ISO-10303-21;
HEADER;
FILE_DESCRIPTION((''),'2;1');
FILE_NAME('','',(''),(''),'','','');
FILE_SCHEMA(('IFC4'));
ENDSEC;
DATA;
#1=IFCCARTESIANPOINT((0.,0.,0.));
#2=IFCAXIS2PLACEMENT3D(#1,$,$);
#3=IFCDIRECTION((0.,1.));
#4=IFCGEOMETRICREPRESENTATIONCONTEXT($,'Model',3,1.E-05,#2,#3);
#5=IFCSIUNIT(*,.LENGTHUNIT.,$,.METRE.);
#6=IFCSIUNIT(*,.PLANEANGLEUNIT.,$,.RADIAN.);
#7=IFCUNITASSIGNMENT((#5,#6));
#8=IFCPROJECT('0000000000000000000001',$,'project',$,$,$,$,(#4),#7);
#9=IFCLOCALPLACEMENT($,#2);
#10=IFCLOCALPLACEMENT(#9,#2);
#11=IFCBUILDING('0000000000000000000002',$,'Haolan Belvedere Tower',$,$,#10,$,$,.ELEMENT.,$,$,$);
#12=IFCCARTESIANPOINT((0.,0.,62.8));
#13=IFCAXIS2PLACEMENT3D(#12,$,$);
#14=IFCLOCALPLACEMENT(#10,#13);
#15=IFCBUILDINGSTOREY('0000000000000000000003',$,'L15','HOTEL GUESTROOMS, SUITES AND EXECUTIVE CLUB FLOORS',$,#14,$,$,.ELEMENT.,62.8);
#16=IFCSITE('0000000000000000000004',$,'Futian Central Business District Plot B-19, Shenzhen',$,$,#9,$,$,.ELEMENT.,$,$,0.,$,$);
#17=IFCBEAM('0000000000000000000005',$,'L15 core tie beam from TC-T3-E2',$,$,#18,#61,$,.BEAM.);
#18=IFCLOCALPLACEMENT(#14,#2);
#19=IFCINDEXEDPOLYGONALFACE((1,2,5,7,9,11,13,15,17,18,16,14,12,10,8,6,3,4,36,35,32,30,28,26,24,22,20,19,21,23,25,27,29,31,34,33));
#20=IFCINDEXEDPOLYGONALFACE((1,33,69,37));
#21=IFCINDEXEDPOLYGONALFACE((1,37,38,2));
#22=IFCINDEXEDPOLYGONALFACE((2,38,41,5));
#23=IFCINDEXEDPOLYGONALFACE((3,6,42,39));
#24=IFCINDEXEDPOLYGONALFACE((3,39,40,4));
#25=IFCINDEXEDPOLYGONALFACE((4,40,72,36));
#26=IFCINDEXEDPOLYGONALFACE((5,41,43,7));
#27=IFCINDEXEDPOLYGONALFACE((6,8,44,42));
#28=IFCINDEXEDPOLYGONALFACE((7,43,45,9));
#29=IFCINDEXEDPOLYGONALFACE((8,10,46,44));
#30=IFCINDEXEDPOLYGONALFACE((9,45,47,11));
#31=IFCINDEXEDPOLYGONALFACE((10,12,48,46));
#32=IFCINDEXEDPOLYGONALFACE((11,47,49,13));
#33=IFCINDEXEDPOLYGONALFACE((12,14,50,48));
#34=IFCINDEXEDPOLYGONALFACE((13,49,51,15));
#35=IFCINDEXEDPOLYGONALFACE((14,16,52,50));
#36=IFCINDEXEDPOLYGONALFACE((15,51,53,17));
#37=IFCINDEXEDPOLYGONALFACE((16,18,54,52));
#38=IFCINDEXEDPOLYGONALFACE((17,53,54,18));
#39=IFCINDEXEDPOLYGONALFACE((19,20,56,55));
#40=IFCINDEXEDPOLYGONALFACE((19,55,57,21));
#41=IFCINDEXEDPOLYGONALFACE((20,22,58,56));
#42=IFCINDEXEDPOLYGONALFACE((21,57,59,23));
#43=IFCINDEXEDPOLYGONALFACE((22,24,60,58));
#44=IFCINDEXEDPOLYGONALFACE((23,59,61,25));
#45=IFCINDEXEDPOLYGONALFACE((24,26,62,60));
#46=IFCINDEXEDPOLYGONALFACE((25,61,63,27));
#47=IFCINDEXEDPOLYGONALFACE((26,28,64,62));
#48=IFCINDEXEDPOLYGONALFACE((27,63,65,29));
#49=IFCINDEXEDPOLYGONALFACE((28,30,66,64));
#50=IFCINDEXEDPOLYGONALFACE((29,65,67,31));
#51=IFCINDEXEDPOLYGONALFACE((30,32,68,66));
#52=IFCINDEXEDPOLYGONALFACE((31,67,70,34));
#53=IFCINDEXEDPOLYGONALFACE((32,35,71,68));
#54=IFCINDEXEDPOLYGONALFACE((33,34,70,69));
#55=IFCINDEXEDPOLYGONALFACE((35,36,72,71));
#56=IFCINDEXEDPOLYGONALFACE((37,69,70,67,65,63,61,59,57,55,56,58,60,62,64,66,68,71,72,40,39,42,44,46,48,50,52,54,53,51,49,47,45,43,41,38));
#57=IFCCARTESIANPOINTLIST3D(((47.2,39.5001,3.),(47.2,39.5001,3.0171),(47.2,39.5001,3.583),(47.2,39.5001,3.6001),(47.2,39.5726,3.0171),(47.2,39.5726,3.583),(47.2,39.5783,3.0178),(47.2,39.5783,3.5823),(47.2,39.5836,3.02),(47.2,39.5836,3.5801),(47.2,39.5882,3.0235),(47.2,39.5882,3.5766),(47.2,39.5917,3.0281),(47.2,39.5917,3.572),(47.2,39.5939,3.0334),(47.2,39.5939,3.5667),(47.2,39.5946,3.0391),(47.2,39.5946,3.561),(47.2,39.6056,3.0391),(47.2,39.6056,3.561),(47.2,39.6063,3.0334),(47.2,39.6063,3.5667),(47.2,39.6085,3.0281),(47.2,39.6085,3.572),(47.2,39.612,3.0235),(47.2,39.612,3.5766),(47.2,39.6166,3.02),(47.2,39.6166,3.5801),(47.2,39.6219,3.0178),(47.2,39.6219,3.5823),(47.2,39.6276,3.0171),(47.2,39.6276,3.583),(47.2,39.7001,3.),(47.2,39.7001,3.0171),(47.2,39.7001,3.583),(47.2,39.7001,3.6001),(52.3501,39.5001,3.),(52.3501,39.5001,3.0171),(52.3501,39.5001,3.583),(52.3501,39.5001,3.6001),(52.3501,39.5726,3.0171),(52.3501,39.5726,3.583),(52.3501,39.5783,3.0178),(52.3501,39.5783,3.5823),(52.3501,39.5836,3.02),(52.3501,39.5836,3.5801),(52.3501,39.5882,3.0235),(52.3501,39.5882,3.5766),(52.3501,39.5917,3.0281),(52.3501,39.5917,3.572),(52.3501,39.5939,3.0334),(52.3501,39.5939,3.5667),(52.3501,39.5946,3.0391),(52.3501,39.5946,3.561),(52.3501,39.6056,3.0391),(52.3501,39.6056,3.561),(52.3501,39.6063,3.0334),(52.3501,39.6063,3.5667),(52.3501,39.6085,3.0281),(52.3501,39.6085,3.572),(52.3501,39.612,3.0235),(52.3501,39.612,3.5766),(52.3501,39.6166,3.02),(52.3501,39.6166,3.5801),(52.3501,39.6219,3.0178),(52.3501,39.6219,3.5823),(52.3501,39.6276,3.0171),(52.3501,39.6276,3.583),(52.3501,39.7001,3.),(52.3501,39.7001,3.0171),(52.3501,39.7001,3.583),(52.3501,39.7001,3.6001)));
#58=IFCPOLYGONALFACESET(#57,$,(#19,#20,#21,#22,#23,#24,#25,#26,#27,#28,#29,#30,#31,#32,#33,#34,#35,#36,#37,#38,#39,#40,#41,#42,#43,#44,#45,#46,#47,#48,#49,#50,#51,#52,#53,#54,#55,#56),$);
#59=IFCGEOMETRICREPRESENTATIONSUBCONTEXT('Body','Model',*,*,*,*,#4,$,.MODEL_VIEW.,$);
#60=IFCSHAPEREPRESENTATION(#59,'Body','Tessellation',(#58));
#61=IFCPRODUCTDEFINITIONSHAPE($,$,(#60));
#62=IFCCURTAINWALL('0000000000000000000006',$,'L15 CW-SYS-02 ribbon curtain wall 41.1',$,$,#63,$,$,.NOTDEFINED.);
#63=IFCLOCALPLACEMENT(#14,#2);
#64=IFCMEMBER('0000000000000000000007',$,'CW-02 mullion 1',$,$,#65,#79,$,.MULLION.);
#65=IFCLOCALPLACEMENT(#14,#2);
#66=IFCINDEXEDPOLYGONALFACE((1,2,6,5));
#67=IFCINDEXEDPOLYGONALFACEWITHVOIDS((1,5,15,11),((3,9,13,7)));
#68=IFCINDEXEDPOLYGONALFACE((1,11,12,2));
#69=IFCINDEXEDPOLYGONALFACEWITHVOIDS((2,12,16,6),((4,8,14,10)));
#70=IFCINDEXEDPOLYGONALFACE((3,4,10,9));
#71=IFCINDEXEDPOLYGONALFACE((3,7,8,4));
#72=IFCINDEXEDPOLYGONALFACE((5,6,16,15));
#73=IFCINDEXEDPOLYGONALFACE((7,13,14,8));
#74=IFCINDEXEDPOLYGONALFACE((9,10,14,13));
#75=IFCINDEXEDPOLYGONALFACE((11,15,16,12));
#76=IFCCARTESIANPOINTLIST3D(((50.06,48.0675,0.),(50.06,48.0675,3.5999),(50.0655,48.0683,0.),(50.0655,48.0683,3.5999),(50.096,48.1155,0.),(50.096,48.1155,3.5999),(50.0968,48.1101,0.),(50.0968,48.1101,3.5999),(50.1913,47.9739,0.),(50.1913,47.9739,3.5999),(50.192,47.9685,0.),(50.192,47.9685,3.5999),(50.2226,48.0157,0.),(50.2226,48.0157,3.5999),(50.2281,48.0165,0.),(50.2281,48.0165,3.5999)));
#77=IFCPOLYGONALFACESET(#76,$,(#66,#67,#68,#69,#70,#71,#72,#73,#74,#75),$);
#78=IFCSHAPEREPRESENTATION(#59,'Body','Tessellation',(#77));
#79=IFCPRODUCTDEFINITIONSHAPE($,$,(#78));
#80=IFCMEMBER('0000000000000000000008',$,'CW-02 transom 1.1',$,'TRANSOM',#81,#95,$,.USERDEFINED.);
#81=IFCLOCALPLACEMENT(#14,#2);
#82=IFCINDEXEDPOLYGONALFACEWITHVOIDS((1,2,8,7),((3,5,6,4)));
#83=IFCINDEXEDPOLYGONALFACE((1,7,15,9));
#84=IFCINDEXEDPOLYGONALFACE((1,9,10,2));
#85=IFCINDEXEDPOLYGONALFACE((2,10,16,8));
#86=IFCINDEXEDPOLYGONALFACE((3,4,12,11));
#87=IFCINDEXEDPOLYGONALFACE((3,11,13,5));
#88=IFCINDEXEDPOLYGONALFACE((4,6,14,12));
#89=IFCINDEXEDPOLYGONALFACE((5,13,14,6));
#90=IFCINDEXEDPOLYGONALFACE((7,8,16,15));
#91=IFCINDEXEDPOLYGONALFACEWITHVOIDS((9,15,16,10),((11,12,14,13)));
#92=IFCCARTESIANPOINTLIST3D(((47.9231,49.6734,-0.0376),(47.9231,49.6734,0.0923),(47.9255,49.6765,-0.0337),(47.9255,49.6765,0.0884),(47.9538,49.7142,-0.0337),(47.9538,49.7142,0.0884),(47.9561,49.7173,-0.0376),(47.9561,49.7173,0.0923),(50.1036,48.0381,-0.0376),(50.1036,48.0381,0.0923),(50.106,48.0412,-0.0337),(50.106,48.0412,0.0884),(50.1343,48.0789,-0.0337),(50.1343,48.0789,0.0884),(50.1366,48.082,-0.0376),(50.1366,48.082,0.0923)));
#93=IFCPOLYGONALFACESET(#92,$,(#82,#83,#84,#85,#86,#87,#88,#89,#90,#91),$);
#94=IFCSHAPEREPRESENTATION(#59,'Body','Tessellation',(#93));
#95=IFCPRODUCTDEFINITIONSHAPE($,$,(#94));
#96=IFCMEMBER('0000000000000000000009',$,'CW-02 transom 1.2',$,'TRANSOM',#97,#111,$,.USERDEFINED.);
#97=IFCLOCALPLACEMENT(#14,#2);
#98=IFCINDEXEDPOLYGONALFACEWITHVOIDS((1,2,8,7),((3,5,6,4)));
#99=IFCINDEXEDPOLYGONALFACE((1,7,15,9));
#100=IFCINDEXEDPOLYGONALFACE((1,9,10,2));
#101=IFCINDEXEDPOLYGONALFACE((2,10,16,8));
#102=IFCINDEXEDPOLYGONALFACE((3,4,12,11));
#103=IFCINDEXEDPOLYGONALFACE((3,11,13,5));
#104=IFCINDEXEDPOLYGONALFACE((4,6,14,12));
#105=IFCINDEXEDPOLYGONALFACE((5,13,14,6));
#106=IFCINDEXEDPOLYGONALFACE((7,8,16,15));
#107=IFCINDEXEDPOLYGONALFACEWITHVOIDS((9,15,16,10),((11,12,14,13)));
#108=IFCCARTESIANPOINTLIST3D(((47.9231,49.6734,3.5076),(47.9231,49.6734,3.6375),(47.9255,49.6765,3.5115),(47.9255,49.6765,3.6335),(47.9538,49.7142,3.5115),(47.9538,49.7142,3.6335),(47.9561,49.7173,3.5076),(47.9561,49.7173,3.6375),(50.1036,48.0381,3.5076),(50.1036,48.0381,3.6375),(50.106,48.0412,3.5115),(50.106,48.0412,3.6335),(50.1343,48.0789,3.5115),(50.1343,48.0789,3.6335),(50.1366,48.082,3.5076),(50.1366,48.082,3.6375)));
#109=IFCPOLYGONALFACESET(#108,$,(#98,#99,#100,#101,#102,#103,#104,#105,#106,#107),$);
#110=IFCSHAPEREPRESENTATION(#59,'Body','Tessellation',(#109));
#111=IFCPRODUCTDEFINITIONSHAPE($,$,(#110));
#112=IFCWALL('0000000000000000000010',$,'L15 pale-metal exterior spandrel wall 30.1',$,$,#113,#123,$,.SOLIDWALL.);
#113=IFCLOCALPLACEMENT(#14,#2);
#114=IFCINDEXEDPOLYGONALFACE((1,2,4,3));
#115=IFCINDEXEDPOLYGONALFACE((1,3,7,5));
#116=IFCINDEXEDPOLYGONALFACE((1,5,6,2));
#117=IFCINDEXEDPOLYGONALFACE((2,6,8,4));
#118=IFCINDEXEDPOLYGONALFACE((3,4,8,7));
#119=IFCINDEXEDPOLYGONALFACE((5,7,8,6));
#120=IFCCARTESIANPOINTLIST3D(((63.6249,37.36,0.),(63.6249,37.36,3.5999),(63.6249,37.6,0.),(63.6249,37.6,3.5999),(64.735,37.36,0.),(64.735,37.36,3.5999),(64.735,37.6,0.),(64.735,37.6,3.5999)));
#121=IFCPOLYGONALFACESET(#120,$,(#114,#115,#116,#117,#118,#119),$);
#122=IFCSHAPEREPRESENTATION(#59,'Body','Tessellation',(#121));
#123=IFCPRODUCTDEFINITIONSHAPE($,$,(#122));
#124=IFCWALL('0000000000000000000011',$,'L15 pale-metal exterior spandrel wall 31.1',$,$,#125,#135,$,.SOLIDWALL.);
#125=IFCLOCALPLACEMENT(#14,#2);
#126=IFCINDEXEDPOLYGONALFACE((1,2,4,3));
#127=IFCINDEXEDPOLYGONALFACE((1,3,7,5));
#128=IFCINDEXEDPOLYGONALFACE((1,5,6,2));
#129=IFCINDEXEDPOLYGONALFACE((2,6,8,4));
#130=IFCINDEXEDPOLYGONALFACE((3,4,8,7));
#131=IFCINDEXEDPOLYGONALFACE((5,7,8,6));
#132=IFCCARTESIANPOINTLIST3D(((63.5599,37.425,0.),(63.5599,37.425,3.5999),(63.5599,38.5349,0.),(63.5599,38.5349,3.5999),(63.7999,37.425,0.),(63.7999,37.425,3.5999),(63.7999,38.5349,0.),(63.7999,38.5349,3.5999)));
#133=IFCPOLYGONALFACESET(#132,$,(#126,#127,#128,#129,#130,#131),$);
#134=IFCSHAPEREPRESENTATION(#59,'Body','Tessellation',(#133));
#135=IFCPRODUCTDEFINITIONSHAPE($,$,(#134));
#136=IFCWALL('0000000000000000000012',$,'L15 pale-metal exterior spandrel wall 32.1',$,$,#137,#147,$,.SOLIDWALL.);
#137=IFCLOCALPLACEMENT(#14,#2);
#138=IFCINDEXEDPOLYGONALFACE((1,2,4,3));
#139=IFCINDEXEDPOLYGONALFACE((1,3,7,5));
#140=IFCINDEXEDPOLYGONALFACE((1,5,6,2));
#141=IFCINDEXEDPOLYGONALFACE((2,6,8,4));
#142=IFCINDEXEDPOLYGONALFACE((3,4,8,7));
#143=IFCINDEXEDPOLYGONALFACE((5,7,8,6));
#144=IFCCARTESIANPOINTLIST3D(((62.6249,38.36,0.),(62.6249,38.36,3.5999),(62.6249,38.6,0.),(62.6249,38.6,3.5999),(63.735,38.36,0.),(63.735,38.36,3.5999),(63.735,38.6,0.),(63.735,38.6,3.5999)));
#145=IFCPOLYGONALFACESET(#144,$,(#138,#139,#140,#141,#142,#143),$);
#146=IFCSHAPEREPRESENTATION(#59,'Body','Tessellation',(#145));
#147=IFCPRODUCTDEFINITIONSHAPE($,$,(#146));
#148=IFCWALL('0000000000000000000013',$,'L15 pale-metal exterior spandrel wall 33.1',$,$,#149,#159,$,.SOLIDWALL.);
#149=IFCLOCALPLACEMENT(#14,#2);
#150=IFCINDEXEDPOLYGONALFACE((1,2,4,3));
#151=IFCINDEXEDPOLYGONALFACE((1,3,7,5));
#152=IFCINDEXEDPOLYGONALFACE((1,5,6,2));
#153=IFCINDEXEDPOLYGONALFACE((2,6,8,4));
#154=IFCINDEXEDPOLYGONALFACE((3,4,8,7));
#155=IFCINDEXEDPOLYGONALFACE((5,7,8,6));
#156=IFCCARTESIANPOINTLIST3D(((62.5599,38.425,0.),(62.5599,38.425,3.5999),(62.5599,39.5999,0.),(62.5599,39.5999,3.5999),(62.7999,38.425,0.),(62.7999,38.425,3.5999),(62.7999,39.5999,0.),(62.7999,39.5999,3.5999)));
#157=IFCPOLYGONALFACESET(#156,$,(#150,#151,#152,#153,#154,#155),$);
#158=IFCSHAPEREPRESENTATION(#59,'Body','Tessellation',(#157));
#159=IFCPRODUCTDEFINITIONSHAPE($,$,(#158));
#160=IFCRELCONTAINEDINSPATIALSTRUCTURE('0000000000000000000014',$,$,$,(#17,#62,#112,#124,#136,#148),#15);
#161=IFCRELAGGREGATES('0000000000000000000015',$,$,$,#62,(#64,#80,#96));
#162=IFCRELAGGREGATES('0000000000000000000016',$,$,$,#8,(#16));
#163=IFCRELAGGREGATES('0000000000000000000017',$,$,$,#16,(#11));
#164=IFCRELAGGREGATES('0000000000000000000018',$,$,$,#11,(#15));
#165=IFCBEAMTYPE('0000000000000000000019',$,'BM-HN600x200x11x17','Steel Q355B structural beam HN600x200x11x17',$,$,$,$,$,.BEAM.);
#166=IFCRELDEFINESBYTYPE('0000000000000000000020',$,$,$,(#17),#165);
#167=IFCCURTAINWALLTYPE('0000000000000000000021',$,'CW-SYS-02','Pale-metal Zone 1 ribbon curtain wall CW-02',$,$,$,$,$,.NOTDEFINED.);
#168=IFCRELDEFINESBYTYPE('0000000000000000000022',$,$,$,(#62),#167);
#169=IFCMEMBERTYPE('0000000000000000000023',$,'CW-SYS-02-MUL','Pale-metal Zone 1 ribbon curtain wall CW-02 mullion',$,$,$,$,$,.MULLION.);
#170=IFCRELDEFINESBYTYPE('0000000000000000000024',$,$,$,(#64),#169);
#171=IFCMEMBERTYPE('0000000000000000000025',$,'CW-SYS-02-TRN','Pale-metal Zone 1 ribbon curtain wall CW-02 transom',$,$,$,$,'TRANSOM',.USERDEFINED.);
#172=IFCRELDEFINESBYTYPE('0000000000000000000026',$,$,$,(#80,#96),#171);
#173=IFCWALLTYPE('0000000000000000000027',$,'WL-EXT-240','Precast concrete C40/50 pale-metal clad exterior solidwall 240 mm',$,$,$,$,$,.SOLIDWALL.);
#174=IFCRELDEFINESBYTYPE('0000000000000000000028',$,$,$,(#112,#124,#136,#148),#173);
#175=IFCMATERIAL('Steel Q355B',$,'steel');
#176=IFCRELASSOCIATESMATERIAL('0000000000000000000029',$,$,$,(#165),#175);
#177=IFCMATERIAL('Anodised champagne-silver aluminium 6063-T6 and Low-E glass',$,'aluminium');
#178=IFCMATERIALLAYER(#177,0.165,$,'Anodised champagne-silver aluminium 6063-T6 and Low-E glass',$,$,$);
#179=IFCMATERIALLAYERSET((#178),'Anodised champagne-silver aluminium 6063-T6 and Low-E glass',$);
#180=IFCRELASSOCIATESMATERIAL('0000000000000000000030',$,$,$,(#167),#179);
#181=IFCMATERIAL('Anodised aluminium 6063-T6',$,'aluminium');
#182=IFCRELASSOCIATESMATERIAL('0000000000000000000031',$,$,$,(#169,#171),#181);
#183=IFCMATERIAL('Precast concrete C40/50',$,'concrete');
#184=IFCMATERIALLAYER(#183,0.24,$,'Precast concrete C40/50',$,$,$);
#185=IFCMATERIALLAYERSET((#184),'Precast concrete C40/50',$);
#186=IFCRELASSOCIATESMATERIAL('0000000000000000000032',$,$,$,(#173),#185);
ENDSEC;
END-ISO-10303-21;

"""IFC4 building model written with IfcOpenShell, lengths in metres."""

from ifc_helpers import new_model, si_unit, direction, frame, frame_2d, origin, origin_2d, place, context, subcontext, project, spatial, rectangle, hollow_rectangle, i_section, extrude, material, layer, layer_set, material_profile, profile_set, type_object, element, aggregate, save


model = new_model("IFC4")

# Units and contexts
model_context = context("Model", 3, precision=1e-05, world=origin(), true_north=direction((0.0, 1.0)))
body_context = subcontext(model_context, "Body", "Model", "MODEL_VIEW")
ifc_project = project(units=[si_unit("LENGTHUNIT", "METRE"), si_unit("PLANEANGLEUNIT", "RADIAN")], contexts=[model_context])

# Site, building, storey
site_placement = place(None, origin())
site = spatial("IfcSite", under=ifc_project, at=site_placement, Name="Futian Central Business District Plot B-19, Shenzhen", CompositionType="ELEMENT", RefElevation=0.0)
building_placement = place(site_placement, origin())
building = spatial("IfcBuilding", under=site, at=building_placement, Name="Haolan Belvedere Tower", CompositionType="ELEMENT")
storey_placement = place(building_placement, frame((0.0, 0.0, 62.8)))
storey = spatial("IfcBuildingStorey", under=building, at=storey_placement, Name="L15", Description="HOTEL GUESTROOMS, SUITES AND EXECUTIVE CLUB FLOORS", CompositionType="ELEMENT", Elevation=62.8)

# Shared definitions
ifc_material_1 = material(Name="Steel Q355B", Category="steel")

# Beam
ifc_material_profile_1 = material_profile(ifc_material_1, i_section(OverallWidth=0.2, OverallDepth=0.6001, WebThickness=0.011, FlangeThickness=0.0171, FilletRadius=0.022, at=origin_2d()), Name="Steel Q355B")
ifc_profile_set_1 = profile_set([ifc_material_profile_1], Name="Steel Q355B")
beam_type_1 = type_object("IfcBeamType", Name="BM-HN600x200x11x17", Description="Steel Q355B structural beam HN600x200x11x17", PredefinedType="BEAM", material=ifc_profile_set_1)
beam_1_placement = place(storey_placement, frame((52.3501, 39.6001, 3.3), z_axis=(-1.0, 0.0, 0.0), x_axis=(0.0, -1.0, 0.0)))
element("IfcBeam", 1, at=beam_1_placement, inside=storey, type_object=beam_type_1, Name="L15 core tie beam from TC-T3-E2", PredefinedType="BEAM", context=body_context, shape_type="SweptSolid", body=[
    extrude(i_section(OverallWidth=0.2, OverallDepth=0.6001, WebThickness=0.011, FlangeThickness=0.0171, FilletRadius=0.022, at=origin_2d()), origin(), (0.0, 0.0, 1.0), 5.1501),
])

# Curtain wall, members
ifc_material_2 = material(Name="Anodised champagne-silver aluminium 6063-T6 and Low-E glass", Category="aluminium")
ifc_layer_1 = layer(ifc_material_2, 0.165, Name="Anodised champagne-silver aluminium 6063-T6 and Low-E glass")
ifc_layer_set_1 = layer_set([ifc_layer_1], Name="Anodised champagne-silver aluminium 6063-T6 and Low-E glass")
curtain_wall_type = type_object("IfcCurtainWallType", Name="CW-SYS-02", Description="Pale-metal Zone 1 ribbon curtain wall CW-02", PredefinedType="NOTDEFINED", material=ifc_layer_set_1)
curtain_wall_placement = place(storey_placement, origin())
curtain_wall = element("IfcCurtainWall", 2, at=curtain_wall_placement, inside=storey, type_object=curtain_wall_type, Name="L15 CW-SYS-02 ribbon curtain wall 41.1", PredefinedType="NOTDEFINED")
ifc_material_3 = material(Name="Anodised aluminium 6063-T6", Category="aluminium")
ifc_material_profile_2 = material_profile(ifc_material_3, hollow_rectangle(XDim=0.0601, YDim=0.165, WallThickness=0.0039, at=origin_2d()), Name="Anodised aluminium 6063-T6")
ifc_profile_set_2 = profile_set([ifc_material_profile_2], Name="Anodised aluminium 6063-T6")
member_type_1 = type_object("IfcMemberType", Name="CW-SYS-02-MUL", Description="Pale-metal Zone 1 ribbon curtain wall CW-02 mullion", PredefinedType="MULLION", material=ifc_profile_set_2)
member_1_placement = place(storey_placement, frame((50.144, 48.042, 0.0), z_axis=(0.0, 0.0, 1.0), x_axis=(-0.599994, -0.800004, 0.0)))
member_1 = element("IfcMember", 3, at=member_1_placement, type_object=member_type_1, Name="CW-02 mullion 1", PredefinedType="MULLION", context=body_context, shape_type="SweptSolid", body=[
    extrude(hollow_rectangle(XDim=0.0601, YDim=0.165, WallThickness=0.0039, at=origin_2d()), origin(), (0.0, 0.0, 1.0), 3.5999),
])
ifc_material_profile_3 = material_profile(ifc_material_3, hollow_rectangle(XDim=0.0549, YDim=0.1299, WallThickness=0.0039, at=origin_2d()), Name="Anodised aluminium 6063-T6")
ifc_profile_set_3 = profile_set([ifc_material_profile_3], Name="Anodised aluminium 6063-T6")
member_type_2 = type_object("IfcMemberType", Name="CW-SYS-02-TRN", Description="Pale-metal Zone 1 ribbon curtain wall CW-02 transom", ElementType="TRANSOM", PredefinedType="USERDEFINED", material=ifc_profile_set_3)
member_2_placement = place(storey_placement, frame((50.1201, 48.0601, 0.0273), z_axis=(-0.800011, 0.599986, 0.0), x_axis=(-0.599986, -0.800011, 0.0)))
member_2 = element("IfcMember", 4, at=member_2_placement, type_object=member_type_2, Name="CW-02 transom 1.1", ObjectType="TRANSOM", PredefinedType="USERDEFINED", context=body_context, shape_type="SweptSolid", body=[
    extrude(hollow_rectangle(XDim=0.0549, YDim=0.1299, WallThickness=0.0039, at=origin_2d()), origin(), (0.0, 0.0, 1.0), 2.7256),
])
member_3_placement = place(storey_placement, frame((50.1201, 48.0601, 3.5725), z_axis=(-0.800011, 0.599986, 0.0), x_axis=(-0.599986, -0.800011, 0.0)))
member_3 = element("IfcMember", 5, at=member_3_placement, type_object=member_type_2, Name="CW-02 transom 1.2", ObjectType="TRANSOM", PredefinedType="USERDEFINED", context=body_context, shape_type="SweptSolid", body=[
    extrude(hollow_rectangle(XDim=0.0549, YDim=0.1299, WallThickness=0.0039, at=origin_2d()), origin(), (0.0, 0.0, 1.0), 2.7256),
])
aggregate(curtain_wall, [member_1, member_2, member_3])

# Walls
ifc_material_4 = material(Name="Precast concrete C40/50", Category="concrete")
ifc_layer_2 = layer(ifc_material_4, 0.24, Name="Precast concrete C40/50")
ifc_layer_set_2 = layer_set([ifc_layer_2], Name="Precast concrete C40/50")
wall_type_1 = type_object("IfcWallType", Name="WL-EXT-240", Description="Precast concrete C40/50 pale-metal clad exterior solidwall 240 mm", PredefinedType="SOLIDWALL", material=ifc_layer_set_2)
wall_1_placement = place(storey_placement, frame((64.7351, 37.48, 0.0), z_axis=(0.0, 0.0, 1.0), x_axis=(-1.0, 0.0, 0.0)))
element("IfcWall", 6, at=wall_1_placement, inside=storey, type_object=wall_type_1, Name="L15 pale-metal exterior spandrel wall 30.1", PredefinedType="SOLIDWALL", context=body_context, shape_type="SweptSolid", body=[
    extrude(rectangle(XDim=1.1101, YDim=0.24, at=frame_2d((0.5552, 0.0))), origin(), (0.0, 0.0, 1.0), 3.5999),
])
wall_2_placement = place(storey_placement, frame((63.6799, 37.425, 0.0), z_axis=(0.0, 0.0, 1.0), x_axis=(0.0, 1.0, 0.0)))
element("IfcWall", 7, at=wall_2_placement, inside=storey, type_object=wall_type_1, Name="L15 pale-metal exterior spandrel wall 31.1", PredefinedType="SOLIDWALL", context=body_context, shape_type="SweptSolid", body=[
    extrude(rectangle(XDim=1.1099, YDim=0.24, at=frame_2d((0.5549, 0.0))), origin(), (0.0, 0.0, 1.0), 3.5999),
])
wall_3_placement = place(storey_placement, frame((63.7351, 38.48, 0.0), z_axis=(0.0, 0.0, 1.0), x_axis=(-1.0, 0.0, 0.0)))
element("IfcWall", 8, at=wall_3_placement, inside=storey, type_object=wall_type_1, Name="L15 pale-metal exterior spandrel wall 32.1", PredefinedType="SOLIDWALL", context=body_context, shape_type="SweptSolid", body=[
    extrude(rectangle(XDim=1.1101, YDim=0.24, at=frame_2d((0.5552, 0.0))), origin(), (0.0, 0.0, 1.0), 3.5999),
])
wall_4_placement = place(storey_placement, frame((62.6799, 38.425, 0.0), z_axis=(0.0, 0.0, 1.0), x_axis=(0.0, 1.0, 0.0)))
element("IfcWall", 9, at=wall_4_placement, inside=storey, type_object=wall_type_1, Name="L15 pale-metal exterior spandrel wall 33.1", PredefinedType="SOLIDWALL", context=body_context, shape_type="SweptSolid", body=[
    extrude(rectangle(XDim=1.1748, YDim=0.24, at=frame_2d((0.5874, 0.0))), origin(), (0.0, 0.0, 1.0), 3.5999),
])

save(model, "model.ifc")
